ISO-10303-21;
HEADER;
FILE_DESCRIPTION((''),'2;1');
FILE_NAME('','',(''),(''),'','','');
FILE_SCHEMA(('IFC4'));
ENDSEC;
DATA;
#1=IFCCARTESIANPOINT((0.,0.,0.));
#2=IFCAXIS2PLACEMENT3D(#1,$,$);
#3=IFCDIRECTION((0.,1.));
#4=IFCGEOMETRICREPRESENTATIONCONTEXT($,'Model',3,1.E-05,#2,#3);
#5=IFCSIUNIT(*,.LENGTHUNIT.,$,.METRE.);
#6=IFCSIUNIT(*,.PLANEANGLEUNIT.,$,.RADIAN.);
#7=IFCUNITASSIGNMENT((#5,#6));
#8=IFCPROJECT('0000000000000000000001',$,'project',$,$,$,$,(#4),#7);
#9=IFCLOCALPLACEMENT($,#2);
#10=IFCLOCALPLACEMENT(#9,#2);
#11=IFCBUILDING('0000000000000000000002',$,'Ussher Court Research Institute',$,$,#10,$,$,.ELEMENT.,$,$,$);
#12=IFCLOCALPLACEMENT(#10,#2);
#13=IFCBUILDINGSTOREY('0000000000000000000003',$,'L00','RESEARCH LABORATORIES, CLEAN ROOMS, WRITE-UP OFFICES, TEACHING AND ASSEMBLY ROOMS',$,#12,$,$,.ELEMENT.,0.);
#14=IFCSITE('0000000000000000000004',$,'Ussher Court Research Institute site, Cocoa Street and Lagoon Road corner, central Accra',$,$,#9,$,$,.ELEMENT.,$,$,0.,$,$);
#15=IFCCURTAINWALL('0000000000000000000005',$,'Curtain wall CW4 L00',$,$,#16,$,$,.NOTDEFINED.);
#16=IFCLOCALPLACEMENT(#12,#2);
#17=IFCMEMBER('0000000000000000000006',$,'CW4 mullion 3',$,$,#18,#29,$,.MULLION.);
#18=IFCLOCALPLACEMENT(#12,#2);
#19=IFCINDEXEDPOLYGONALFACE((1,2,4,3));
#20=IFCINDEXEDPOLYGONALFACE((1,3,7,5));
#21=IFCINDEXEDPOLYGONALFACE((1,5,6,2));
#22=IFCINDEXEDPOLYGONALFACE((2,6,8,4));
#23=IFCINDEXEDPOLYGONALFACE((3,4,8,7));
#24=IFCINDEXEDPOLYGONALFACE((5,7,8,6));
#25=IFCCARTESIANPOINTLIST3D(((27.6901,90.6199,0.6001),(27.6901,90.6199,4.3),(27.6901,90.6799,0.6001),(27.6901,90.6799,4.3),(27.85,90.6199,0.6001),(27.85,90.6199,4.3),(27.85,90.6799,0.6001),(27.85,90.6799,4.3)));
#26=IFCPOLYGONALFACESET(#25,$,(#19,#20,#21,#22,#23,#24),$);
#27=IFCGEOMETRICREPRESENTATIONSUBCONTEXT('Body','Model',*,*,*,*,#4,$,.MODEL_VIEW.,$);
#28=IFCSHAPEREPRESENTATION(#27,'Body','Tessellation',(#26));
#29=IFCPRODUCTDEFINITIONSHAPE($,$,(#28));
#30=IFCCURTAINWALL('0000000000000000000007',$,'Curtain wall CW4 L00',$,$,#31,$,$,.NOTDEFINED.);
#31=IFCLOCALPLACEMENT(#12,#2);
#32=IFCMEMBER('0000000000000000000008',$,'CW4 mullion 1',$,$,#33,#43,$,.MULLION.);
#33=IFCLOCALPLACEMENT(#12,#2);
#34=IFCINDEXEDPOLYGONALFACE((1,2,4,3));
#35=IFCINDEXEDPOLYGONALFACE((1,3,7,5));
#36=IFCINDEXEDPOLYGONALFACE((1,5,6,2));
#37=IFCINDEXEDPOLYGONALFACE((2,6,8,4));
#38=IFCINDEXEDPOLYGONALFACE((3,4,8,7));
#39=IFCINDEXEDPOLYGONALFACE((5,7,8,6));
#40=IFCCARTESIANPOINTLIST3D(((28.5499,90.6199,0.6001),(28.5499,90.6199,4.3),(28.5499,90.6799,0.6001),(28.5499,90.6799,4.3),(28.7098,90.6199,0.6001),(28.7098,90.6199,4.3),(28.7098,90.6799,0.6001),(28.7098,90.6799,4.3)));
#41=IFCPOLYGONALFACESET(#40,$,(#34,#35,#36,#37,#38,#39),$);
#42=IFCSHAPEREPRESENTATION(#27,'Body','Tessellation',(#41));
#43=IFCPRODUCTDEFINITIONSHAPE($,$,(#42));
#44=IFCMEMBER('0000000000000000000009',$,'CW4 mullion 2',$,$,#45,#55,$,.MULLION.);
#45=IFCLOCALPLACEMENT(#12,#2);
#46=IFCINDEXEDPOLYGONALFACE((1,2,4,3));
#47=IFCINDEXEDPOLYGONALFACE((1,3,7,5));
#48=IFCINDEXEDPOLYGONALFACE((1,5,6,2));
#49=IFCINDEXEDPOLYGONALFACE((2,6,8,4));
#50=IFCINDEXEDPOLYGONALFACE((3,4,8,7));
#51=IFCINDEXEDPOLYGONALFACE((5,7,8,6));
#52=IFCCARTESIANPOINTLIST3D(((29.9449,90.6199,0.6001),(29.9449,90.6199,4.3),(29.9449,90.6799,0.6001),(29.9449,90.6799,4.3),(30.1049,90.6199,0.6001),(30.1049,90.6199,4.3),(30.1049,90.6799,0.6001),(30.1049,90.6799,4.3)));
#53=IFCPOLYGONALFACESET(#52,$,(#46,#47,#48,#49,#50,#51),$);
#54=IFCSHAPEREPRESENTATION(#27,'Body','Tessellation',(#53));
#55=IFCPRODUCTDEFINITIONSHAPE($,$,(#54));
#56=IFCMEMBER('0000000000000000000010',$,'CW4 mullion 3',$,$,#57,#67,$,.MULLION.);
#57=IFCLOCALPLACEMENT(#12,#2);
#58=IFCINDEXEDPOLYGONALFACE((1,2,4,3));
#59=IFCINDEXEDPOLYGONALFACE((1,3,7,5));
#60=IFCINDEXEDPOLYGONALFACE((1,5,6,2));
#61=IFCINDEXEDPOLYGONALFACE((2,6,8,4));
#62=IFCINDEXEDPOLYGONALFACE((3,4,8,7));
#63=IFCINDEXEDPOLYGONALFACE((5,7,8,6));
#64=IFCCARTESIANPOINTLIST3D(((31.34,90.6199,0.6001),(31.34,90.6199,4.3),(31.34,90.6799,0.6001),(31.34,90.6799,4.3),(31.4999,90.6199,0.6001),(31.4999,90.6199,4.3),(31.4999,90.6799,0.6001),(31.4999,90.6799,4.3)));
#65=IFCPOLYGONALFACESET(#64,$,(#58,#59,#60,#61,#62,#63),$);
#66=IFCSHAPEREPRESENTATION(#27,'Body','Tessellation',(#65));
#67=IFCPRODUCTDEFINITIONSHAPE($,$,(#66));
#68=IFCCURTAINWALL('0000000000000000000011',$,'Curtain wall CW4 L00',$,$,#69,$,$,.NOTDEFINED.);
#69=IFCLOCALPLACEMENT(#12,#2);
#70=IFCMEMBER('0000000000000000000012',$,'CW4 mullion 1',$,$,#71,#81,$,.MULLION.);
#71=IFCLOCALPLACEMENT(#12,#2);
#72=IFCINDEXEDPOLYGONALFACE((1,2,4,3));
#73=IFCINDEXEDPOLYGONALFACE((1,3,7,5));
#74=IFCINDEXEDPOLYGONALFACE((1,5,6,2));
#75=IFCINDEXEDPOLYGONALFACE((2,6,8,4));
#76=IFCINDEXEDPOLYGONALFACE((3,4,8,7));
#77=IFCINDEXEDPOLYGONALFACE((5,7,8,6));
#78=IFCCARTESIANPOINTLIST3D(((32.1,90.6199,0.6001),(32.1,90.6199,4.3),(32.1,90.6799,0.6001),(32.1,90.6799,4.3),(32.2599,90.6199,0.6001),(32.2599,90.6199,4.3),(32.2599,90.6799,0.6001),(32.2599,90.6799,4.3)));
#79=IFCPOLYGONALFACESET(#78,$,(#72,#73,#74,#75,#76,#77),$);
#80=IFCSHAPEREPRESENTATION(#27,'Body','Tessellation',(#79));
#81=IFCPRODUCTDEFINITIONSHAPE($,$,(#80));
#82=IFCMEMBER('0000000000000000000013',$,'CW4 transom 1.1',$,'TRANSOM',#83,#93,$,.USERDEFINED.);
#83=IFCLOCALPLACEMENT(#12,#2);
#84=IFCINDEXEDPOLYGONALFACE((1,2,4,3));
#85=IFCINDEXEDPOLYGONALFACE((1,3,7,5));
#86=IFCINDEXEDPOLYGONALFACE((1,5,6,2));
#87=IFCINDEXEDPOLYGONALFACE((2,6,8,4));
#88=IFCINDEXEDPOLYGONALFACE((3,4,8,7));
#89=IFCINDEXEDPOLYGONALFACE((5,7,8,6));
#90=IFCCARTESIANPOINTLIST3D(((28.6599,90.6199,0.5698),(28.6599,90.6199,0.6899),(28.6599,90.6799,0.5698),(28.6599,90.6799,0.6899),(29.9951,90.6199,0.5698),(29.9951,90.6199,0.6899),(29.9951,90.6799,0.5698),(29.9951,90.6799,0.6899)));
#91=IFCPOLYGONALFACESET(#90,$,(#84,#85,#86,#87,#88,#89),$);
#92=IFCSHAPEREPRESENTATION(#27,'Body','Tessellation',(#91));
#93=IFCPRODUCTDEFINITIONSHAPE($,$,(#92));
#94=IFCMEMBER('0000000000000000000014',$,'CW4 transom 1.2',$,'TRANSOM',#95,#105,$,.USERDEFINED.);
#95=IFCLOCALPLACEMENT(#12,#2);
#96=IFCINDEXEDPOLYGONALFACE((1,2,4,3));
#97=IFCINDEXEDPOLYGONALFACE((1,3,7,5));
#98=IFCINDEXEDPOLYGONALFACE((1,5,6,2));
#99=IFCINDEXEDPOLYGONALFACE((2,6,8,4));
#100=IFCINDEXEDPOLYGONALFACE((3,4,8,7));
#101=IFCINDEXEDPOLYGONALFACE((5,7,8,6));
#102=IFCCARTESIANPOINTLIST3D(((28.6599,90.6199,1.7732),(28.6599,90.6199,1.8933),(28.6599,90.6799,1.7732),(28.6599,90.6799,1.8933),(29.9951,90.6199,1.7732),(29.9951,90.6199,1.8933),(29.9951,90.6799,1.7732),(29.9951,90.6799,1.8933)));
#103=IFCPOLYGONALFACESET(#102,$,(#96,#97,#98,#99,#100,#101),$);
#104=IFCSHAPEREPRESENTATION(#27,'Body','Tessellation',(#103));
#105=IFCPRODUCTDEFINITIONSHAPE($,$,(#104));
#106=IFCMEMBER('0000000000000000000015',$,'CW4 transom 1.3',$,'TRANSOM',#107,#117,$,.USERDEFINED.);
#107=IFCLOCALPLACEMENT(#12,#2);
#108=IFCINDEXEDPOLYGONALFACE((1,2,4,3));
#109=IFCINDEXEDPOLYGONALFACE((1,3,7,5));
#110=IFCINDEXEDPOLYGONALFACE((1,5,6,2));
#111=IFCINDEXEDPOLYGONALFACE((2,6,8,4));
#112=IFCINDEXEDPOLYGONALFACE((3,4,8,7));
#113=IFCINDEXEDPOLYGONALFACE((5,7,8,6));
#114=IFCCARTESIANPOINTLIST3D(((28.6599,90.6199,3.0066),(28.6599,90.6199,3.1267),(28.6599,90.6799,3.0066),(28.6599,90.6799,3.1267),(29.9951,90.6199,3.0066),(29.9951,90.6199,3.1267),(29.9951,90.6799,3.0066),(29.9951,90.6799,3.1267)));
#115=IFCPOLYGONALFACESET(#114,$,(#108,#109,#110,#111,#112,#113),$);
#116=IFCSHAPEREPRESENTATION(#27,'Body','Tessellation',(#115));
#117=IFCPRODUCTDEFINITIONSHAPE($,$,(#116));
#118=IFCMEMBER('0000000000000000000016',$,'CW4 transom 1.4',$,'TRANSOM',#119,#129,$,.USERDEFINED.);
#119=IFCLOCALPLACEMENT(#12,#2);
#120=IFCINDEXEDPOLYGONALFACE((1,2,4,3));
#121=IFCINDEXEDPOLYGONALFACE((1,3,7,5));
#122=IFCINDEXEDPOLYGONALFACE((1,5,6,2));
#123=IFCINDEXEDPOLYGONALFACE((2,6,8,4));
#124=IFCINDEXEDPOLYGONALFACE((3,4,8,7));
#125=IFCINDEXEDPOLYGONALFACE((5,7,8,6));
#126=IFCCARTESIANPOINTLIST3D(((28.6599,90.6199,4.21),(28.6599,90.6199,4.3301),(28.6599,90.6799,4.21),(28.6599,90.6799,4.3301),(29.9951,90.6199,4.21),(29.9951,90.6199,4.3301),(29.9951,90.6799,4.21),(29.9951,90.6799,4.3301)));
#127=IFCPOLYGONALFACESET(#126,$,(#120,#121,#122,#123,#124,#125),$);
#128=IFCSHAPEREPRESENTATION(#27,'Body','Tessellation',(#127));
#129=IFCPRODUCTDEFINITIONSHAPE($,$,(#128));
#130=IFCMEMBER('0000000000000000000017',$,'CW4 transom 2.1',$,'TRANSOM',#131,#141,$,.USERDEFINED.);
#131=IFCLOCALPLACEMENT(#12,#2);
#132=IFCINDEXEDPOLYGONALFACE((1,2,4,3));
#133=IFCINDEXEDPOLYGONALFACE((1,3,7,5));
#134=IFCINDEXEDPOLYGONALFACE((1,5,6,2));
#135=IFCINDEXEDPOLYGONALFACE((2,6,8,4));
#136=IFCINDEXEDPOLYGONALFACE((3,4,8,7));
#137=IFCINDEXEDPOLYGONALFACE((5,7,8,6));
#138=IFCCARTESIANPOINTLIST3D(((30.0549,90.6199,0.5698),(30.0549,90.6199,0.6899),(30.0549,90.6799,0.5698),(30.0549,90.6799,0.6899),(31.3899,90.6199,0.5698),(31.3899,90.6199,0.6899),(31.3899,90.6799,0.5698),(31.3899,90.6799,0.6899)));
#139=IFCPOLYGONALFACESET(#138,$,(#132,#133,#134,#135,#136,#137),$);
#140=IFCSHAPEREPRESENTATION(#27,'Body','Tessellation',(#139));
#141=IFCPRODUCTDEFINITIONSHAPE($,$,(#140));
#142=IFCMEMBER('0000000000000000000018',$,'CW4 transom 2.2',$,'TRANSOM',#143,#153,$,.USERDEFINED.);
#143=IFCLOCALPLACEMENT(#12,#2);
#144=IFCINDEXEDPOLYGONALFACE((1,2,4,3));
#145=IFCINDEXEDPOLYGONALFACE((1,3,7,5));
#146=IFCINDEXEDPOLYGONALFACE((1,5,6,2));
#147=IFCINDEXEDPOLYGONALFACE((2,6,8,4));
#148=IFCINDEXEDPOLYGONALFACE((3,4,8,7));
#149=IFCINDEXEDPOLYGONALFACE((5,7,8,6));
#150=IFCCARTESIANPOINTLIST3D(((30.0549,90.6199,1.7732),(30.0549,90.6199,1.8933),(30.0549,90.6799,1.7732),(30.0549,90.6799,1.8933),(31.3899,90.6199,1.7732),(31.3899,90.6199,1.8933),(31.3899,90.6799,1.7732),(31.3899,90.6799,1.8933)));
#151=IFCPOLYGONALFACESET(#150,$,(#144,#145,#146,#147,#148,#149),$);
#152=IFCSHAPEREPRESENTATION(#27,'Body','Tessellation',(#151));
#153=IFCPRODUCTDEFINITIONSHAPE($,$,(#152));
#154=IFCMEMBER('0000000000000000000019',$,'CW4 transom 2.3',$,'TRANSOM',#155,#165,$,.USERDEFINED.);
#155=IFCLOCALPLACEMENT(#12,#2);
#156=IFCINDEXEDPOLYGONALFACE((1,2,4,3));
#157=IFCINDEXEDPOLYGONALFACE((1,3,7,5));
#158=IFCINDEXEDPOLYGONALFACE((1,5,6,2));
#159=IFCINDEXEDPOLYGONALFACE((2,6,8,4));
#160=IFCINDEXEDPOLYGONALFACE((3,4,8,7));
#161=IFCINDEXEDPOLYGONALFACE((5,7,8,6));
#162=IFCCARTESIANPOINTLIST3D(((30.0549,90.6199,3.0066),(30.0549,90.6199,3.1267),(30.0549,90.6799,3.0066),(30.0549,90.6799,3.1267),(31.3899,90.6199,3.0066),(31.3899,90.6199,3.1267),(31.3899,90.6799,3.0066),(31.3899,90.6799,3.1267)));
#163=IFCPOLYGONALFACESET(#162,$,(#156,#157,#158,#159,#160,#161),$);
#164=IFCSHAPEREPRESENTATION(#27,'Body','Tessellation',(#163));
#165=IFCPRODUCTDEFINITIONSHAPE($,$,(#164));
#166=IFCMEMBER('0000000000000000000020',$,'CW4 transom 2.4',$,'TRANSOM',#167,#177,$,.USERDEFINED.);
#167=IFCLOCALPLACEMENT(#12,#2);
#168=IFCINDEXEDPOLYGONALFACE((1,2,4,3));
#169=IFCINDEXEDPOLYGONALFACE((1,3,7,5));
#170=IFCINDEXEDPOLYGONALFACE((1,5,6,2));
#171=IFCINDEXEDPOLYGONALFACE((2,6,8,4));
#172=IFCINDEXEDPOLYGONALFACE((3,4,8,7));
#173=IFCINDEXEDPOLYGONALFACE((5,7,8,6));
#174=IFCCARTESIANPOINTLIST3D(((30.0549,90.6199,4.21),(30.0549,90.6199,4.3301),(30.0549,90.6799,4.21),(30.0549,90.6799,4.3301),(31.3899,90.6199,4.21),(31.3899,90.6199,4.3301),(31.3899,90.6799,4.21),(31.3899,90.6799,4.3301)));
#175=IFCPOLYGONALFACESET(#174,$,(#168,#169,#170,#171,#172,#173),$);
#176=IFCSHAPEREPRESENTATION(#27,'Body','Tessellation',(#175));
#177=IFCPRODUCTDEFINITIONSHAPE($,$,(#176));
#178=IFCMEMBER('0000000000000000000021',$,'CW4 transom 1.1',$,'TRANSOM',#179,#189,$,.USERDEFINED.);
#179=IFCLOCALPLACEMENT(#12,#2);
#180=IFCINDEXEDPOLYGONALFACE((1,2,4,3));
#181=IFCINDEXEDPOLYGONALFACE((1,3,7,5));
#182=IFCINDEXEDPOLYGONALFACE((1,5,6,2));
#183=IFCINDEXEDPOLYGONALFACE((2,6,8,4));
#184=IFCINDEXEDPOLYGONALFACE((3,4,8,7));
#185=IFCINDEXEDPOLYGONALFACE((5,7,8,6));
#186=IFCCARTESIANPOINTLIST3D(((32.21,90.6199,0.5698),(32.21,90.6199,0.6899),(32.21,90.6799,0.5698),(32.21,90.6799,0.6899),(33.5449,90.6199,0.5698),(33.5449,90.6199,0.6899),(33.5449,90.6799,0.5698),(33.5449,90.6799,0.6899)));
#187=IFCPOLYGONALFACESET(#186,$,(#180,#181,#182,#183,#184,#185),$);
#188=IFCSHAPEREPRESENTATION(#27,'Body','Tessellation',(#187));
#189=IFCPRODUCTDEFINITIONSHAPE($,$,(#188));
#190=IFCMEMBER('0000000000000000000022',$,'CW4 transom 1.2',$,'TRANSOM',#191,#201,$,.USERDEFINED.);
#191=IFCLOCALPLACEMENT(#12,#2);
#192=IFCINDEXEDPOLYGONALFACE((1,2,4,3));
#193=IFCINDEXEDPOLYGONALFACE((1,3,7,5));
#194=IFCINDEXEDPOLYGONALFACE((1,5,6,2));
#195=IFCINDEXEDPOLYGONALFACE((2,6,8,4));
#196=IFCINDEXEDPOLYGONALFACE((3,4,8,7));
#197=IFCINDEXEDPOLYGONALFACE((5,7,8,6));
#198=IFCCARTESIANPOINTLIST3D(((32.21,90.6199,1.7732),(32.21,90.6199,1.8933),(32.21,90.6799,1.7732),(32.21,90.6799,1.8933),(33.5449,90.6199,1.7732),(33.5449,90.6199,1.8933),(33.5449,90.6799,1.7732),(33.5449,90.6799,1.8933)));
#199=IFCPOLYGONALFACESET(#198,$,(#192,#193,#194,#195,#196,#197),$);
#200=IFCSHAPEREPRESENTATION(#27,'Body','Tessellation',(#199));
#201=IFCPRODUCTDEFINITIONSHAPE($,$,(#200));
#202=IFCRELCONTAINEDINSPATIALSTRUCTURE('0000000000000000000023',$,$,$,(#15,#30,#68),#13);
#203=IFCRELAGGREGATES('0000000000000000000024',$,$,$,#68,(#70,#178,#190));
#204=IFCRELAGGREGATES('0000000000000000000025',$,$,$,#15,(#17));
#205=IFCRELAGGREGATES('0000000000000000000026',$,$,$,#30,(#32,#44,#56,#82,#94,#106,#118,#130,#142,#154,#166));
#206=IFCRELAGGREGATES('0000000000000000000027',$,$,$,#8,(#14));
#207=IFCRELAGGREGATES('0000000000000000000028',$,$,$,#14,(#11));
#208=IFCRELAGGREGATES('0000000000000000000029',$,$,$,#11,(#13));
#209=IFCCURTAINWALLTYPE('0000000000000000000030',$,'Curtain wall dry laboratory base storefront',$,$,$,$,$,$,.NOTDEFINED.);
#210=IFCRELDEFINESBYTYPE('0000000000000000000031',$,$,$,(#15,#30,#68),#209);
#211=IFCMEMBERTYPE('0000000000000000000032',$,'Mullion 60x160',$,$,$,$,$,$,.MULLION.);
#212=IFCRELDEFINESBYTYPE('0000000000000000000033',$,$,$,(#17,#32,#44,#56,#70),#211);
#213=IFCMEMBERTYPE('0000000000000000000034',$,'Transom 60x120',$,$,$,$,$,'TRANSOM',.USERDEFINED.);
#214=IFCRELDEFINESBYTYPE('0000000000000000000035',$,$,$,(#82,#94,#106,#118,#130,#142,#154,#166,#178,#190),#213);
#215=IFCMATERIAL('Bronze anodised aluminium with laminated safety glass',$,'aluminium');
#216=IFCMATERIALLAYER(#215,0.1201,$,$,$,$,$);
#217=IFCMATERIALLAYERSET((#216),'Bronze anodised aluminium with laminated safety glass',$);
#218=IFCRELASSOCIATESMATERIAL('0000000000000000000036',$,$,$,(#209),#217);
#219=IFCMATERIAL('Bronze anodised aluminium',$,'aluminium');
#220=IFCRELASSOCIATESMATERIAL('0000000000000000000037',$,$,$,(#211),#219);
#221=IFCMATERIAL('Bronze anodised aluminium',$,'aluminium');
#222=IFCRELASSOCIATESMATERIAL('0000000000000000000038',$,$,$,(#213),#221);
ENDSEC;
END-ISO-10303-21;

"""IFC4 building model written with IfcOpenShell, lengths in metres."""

from ifc_helpers import new_model, si_unit, direction, frame, origin, origin_2d, place, context, subcontext, project, spatial, rectangle, extrude, material, layer, layer_set, material_profile, profile_set, type_object, element, aggregate, save


model = new_model("IFC4")

# Units and contexts
model_context = context("Model", 3, precision=1e-05, world=origin(), true_north=direction((0.0, 1.0)))
body_context = subcontext(model_context, "Body", "Model", "MODEL_VIEW")
ifc_project = project(units=[si_unit("LENGTHUNIT", "METRE"), si_unit("PLANEANGLEUNIT", "RADIAN")], contexts=[model_context])

# Site, building, storey
site_placement = place(None, origin())
site = spatial("IfcSite", under=ifc_project, at=site_placement, Name="Ussher Court Research Institute site, Cocoa Street and Lagoon Road corner, central Accra", CompositionType="ELEMENT", RefElevation=0.0)
building_placement = place(site_placement, origin())
building = spatial("IfcBuilding", under=site, at=building_placement, Name="Ussher Court Research Institute", CompositionType="ELEMENT")
storey_placement = place(building_placement, origin())
storey = spatial("IfcBuildingStorey", under=building, at=storey_placement, Name="L00", Description="RESEARCH LABORATORIES, CLEAN ROOMS, WRITE-UP OFFICES, TEACHING AND ASSEMBLY ROOMS", CompositionType="ELEMENT", Elevation=0.0)

# Curtain wall, member
ifc_material_1 = material(Name="Bronze anodised aluminium with laminated safety glass", Category="aluminium")
ifc_layer_1 = layer(ifc_material_1, 0.1201)
ifc_layer_set_1 = layer_set([ifc_layer_1], Name="Bronze anodised aluminium with laminated safety glass")
curtain_wall_type = type_object("IfcCurtainWallType", Name="Curtain wall dry laboratory base storefront", PredefinedType="NOTDEFINED", material=ifc_layer_set_1)
curtain_wall_1_placement = place(storey_placement, origin())
curtain_wall_1 = element("IfcCurtainWall", 1, at=curtain_wall_1_placement, inside=storey, type_object=curtain_wall_type, Name="Curtain wall CW4 L00", PredefinedType="NOTDEFINED")
ifc_material_2 = material(Name="Bronze anodised aluminium", Category="aluminium")
ifc_material_profile_1 = material_profile(ifc_material_2, rectangle(XDim=0.0601, YDim=0.1599, at=origin_2d()), Name="Mullion 60x160")
ifc_profile_set_1 = profile_set([ifc_material_profile_1], Name="Bronze anodised aluminium")
member_type_1 = type_object("IfcMemberType", Name="Mullion 60x160", PredefinedType="MULLION", material=ifc_profile_set_1)
member_1_placement = place(storey_placement, frame((27.77, 90.6499, 0.6001), z_axis=(0.0, 0.0, 1.0), x_axis=(0.0, 1.0, 0.0)))
member_1 = element("IfcMember", 2, at=member_1_placement, type_object=member_type_1, Name="CW4 mullion 3", PredefinedType="MULLION", context=body_context, shape_type="SweptSolid", body=[
    extrude(rectangle(XDim=0.0601, YDim=0.1599, at=origin_2d()), origin(), (0.0, 0.0, 1.0), 3.7),
])

# Curtain wall, members
curtain_wall_2_placement = place(storey_placement, origin())
curtain_wall_2 = element("IfcCurtainWall", 3, at=curtain_wall_2_placement, inside=storey, type_object=curtain_wall_type, Name="Curtain wall CW4 L00", PredefinedType="NOTDEFINED")
member_2_placement = place(storey_placement, frame((28.6299, 90.6499, 0.6001), z_axis=(0.0, 0.0, 1.0), x_axis=(0.0, 1.0, 0.0)))
member_2 = element("IfcMember", 4, at=member_2_placement, type_object=member_type_1, Name="CW4 mullion 1", PredefinedType="MULLION", context=body_context, shape_type="SweptSolid", body=[
    extrude(rectangle(XDim=0.0601, YDim=0.1599, at=origin_2d()), origin(), (0.0, 0.0, 1.0), 3.7),
])
member_3_placement = place(storey_placement, frame((30.0249, 90.6499, 0.6001), z_axis=(0.0, 0.0, 1.0), x_axis=(0.0, 1.0, 0.0)))
member_3 = element("IfcMember", 5, at=member_3_placement, type_object=member_type_1, Name="CW4 mullion 2", PredefinedType="MULLION", context=body_context, shape_type="SweptSolid", body=[
    extrude(rectangle(XDim=0.0601, YDim=0.1599, at=origin_2d()), origin(), (0.0, 0.0, 1.0), 3.7),
])
member_4_placement = place(storey_placement, frame((31.4199, 90.6499, 0.6001), z_axis=(0.0, 0.0, 1.0), x_axis=(0.0, 1.0, 0.0)))
member_4 = element("IfcMember", 6, at=member_4_placement, type_object=member_type_1, Name="CW4 mullion 3", PredefinedType="MULLION", context=body_context, shape_type="SweptSolid", body=[
    extrude(rectangle(XDim=0.0601, YDim=0.1599, at=origin_2d()), origin(), (0.0, 0.0, 1.0), 3.7),
])

# Curtain wall, member
curtain_wall_3_placement = place(storey_placement, origin())
curtain_wall_3 = element("IfcCurtainWall", 7, at=curtain_wall_3_placement, inside=storey, type_object=curtain_wall_type, Name="Curtain wall CW4 L00", PredefinedType="NOTDEFINED")
member_5_placement = place(storey_placement, frame((32.1799, 90.6499, 0.6001), z_axis=(0.0, 0.0, 1.0), x_axis=(0.0, 1.0, 0.0)))
member_5 = element("IfcMember", 8, at=member_5_placement, type_object=member_type_1, Name="CW4 mullion 1", PredefinedType="MULLION", context=body_context, shape_type="SweptSolid", body=[
    extrude(rectangle(XDim=0.0601, YDim=0.1599, at=origin_2d()), origin(), (0.0, 0.0, 1.0), 3.7),
])

# Members
ifc_material_3 = material(Name="Bronze anodised aluminium", Category="aluminium")
ifc_material_profile_2 = material_profile(ifc_material_3, rectangle(XDim=0.0601, YDim=0.1201, at=origin_2d()), Name="Transom 60x120")
ifc_profile_set_2 = profile_set([ifc_material_profile_2], Name="Bronze anodised aluminium")
member_type_2 = type_object("IfcMemberType", Name="Transom 60x120", ElementType="TRANSOM", PredefinedType="USERDEFINED", material=ifc_profile_set_2)
member_6_placement = place(storey_placement, frame((28.6599, 90.6499, 0.6299), z_axis=(1.0, 0.0, 0.0), x_axis=(0.0, 1.0, 0.0)))
member_6 = element("IfcMember", 9, at=member_6_placement, type_object=member_type_2, Name="CW4 transom 1.1", ObjectType="TRANSOM", PredefinedType="USERDEFINED", context=body_context, shape_type="SweptSolid", body=[
    extrude(rectangle(XDim=0.0601, YDim=0.1201, at=origin_2d()), origin(), (0.0, 0.0, 1.0), 1.3352),
])
member_7_placement = place(storey_placement, frame((28.6599, 90.6499, 1.8333), z_axis=(1.0, 0.0, 0.0), x_axis=(0.0, 1.0, 0.0)))
member_7 = element("IfcMember", 10, at=member_7_placement, type_object=member_type_2, Name="CW4 transom 1.2", ObjectType="TRANSOM", PredefinedType="USERDEFINED", context=body_context, shape_type="SweptSolid", body=[
    extrude(rectangle(XDim=0.0601, YDim=0.1201, at=origin_2d()), origin(), (0.0, 0.0, 1.0), 1.3352),
])
member_8_placement = place(storey_placement, frame((28.6599, 90.6499, 3.0667), z_axis=(1.0, 0.0, 0.0), x_axis=(0.0, 1.0, 0.0)))
member_8 = element("IfcMember", 11, at=member_8_placement, type_object=member_type_2, Name="CW4 transom 1.3", ObjectType="TRANSOM", PredefinedType="USERDEFINED", context=body_context, shape_type="SweptSolid", body=[
    extrude(rectangle(XDim=0.0601, YDim=0.1201, at=origin_2d()), origin(), (0.0, 0.0, 1.0), 1.3352),
])
member_9_placement = place(storey_placement, frame((28.6599, 90.6499, 4.27), z_axis=(1.0, 0.0, 0.0), x_axis=(0.0, 1.0, 0.0)))
member_9 = element("IfcMember", 12, at=member_9_placement, type_object=member_type_2, Name="CW4 transom 1.4", ObjectType="TRANSOM", PredefinedType="USERDEFINED", context=body_context, shape_type="SweptSolid", body=[
    extrude(rectangle(XDim=0.0601, YDim=0.1201, at=origin_2d()), origin(), (0.0, 0.0, 1.0), 1.3352),
])
member_10_placement = place(storey_placement, frame((30.0549, 90.6499, 0.6299), z_axis=(1.0, 0.0, 0.0), x_axis=(0.0, 1.0, 0.0)))
member_10 = element("IfcMember", 13, at=member_10_placement, type_object=member_type_2, Name="CW4 transom 2.1", ObjectType="TRANSOM", PredefinedType="USERDEFINED", context=body_context, shape_type="SweptSolid", body=[
    extrude(rectangle(XDim=0.0601, YDim=0.1201, at=origin_2d()), origin(), (0.0, 0.0, 1.0), 1.335),
])
member_11_placement = place(storey_placement, frame((30.0549, 90.6499, 1.8333), z_axis=(1.0, 0.0, 0.0), x_axis=(0.0, 1.0, 0.0)))
member_11 = element("IfcMember", 14, at=member_11_placement, type_object=member_type_2, Name="CW4 transom 2.2", ObjectType="TRANSOM", PredefinedType="USERDEFINED", context=body_context, shape_type="SweptSolid", body=[
    extrude(rectangle(XDim=0.0601, YDim=0.1201, at=origin_2d()), origin(), (0.0, 0.0, 1.0), 1.335),
])
member_12_placement = place(storey_placement, frame((30.0549, 90.6499, 3.0667), z_axis=(1.0, 0.0, 0.0), x_axis=(0.0, 1.0, 0.0)))
member_12 = element("IfcMember", 15, at=member_12_placement, type_object=member_type_2, Name="CW4 transom 2.3", ObjectType="TRANSOM", PredefinedType="USERDEFINED", context=body_context, shape_type="SweptSolid", body=[
    extrude(rectangle(XDim=0.0601, YDim=0.1201, at=origin_2d()), origin(), (0.0, 0.0, 1.0), 1.335),
])
member_13_placement = place(storey_placement, frame((30.0549, 90.6499, 4.27), z_axis=(1.0, 0.0, 0.0), x_axis=(0.0, 1.0, 0.0)))
member_13 = element("IfcMember", 16, at=member_13_placement, type_object=member_type_2, Name="CW4 transom 2.4", ObjectType="TRANSOM", PredefinedType="USERDEFINED", context=body_context, shape_type="SweptSolid", body=[
    extrude(rectangle(XDim=0.0601, YDim=0.1201, at=origin_2d()), origin(), (0.0, 0.0, 1.0), 1.335),
])
member_14_placement = place(storey_placement, frame((32.21, 90.6499, 0.6299), z_axis=(1.0, 0.0, 0.0), x_axis=(0.0, 1.0, 0.0)))
member_14 = element("IfcMember", 17, at=member_14_placement, type_object=member_type_2, Name="CW4 transom 1.1", ObjectType="TRANSOM", PredefinedType="USERDEFINED", context=body_context, shape_type="SweptSolid", body=[
    extrude(rectangle(XDim=0.0601, YDim=0.1201, at=origin_2d()), origin(), (0.0, 0.0, 1.0), 1.335),
])
member_15_placement = place(storey_placement, frame((32.21, 90.6499, 1.8333), z_axis=(1.0, 0.0, 0.0), x_axis=(0.0, 1.0, 0.0)))
member_15 = element("IfcMember", 18, at=member_15_placement, type_object=member_type_2, Name="CW4 transom 1.2", ObjectType="TRANSOM", PredefinedType="USERDEFINED", context=body_context, shape_type="SweptSolid", body=[
    extrude(rectangle(XDim=0.0601, YDim=0.1201, at=origin_2d()), origin(), (0.0, 0.0, 1.0), 1.335),
])
aggregate(curtain_wall_3, [member_5, member_14, member_15])

aggregate(curtain_wall_1, [member_1])
aggregate(curtain_wall_2, [member_2, member_3, member_4, member_6, member_7, member_8, member_9, member_10, member_11, member_12, member_13])

save(model, "model.ifc")
